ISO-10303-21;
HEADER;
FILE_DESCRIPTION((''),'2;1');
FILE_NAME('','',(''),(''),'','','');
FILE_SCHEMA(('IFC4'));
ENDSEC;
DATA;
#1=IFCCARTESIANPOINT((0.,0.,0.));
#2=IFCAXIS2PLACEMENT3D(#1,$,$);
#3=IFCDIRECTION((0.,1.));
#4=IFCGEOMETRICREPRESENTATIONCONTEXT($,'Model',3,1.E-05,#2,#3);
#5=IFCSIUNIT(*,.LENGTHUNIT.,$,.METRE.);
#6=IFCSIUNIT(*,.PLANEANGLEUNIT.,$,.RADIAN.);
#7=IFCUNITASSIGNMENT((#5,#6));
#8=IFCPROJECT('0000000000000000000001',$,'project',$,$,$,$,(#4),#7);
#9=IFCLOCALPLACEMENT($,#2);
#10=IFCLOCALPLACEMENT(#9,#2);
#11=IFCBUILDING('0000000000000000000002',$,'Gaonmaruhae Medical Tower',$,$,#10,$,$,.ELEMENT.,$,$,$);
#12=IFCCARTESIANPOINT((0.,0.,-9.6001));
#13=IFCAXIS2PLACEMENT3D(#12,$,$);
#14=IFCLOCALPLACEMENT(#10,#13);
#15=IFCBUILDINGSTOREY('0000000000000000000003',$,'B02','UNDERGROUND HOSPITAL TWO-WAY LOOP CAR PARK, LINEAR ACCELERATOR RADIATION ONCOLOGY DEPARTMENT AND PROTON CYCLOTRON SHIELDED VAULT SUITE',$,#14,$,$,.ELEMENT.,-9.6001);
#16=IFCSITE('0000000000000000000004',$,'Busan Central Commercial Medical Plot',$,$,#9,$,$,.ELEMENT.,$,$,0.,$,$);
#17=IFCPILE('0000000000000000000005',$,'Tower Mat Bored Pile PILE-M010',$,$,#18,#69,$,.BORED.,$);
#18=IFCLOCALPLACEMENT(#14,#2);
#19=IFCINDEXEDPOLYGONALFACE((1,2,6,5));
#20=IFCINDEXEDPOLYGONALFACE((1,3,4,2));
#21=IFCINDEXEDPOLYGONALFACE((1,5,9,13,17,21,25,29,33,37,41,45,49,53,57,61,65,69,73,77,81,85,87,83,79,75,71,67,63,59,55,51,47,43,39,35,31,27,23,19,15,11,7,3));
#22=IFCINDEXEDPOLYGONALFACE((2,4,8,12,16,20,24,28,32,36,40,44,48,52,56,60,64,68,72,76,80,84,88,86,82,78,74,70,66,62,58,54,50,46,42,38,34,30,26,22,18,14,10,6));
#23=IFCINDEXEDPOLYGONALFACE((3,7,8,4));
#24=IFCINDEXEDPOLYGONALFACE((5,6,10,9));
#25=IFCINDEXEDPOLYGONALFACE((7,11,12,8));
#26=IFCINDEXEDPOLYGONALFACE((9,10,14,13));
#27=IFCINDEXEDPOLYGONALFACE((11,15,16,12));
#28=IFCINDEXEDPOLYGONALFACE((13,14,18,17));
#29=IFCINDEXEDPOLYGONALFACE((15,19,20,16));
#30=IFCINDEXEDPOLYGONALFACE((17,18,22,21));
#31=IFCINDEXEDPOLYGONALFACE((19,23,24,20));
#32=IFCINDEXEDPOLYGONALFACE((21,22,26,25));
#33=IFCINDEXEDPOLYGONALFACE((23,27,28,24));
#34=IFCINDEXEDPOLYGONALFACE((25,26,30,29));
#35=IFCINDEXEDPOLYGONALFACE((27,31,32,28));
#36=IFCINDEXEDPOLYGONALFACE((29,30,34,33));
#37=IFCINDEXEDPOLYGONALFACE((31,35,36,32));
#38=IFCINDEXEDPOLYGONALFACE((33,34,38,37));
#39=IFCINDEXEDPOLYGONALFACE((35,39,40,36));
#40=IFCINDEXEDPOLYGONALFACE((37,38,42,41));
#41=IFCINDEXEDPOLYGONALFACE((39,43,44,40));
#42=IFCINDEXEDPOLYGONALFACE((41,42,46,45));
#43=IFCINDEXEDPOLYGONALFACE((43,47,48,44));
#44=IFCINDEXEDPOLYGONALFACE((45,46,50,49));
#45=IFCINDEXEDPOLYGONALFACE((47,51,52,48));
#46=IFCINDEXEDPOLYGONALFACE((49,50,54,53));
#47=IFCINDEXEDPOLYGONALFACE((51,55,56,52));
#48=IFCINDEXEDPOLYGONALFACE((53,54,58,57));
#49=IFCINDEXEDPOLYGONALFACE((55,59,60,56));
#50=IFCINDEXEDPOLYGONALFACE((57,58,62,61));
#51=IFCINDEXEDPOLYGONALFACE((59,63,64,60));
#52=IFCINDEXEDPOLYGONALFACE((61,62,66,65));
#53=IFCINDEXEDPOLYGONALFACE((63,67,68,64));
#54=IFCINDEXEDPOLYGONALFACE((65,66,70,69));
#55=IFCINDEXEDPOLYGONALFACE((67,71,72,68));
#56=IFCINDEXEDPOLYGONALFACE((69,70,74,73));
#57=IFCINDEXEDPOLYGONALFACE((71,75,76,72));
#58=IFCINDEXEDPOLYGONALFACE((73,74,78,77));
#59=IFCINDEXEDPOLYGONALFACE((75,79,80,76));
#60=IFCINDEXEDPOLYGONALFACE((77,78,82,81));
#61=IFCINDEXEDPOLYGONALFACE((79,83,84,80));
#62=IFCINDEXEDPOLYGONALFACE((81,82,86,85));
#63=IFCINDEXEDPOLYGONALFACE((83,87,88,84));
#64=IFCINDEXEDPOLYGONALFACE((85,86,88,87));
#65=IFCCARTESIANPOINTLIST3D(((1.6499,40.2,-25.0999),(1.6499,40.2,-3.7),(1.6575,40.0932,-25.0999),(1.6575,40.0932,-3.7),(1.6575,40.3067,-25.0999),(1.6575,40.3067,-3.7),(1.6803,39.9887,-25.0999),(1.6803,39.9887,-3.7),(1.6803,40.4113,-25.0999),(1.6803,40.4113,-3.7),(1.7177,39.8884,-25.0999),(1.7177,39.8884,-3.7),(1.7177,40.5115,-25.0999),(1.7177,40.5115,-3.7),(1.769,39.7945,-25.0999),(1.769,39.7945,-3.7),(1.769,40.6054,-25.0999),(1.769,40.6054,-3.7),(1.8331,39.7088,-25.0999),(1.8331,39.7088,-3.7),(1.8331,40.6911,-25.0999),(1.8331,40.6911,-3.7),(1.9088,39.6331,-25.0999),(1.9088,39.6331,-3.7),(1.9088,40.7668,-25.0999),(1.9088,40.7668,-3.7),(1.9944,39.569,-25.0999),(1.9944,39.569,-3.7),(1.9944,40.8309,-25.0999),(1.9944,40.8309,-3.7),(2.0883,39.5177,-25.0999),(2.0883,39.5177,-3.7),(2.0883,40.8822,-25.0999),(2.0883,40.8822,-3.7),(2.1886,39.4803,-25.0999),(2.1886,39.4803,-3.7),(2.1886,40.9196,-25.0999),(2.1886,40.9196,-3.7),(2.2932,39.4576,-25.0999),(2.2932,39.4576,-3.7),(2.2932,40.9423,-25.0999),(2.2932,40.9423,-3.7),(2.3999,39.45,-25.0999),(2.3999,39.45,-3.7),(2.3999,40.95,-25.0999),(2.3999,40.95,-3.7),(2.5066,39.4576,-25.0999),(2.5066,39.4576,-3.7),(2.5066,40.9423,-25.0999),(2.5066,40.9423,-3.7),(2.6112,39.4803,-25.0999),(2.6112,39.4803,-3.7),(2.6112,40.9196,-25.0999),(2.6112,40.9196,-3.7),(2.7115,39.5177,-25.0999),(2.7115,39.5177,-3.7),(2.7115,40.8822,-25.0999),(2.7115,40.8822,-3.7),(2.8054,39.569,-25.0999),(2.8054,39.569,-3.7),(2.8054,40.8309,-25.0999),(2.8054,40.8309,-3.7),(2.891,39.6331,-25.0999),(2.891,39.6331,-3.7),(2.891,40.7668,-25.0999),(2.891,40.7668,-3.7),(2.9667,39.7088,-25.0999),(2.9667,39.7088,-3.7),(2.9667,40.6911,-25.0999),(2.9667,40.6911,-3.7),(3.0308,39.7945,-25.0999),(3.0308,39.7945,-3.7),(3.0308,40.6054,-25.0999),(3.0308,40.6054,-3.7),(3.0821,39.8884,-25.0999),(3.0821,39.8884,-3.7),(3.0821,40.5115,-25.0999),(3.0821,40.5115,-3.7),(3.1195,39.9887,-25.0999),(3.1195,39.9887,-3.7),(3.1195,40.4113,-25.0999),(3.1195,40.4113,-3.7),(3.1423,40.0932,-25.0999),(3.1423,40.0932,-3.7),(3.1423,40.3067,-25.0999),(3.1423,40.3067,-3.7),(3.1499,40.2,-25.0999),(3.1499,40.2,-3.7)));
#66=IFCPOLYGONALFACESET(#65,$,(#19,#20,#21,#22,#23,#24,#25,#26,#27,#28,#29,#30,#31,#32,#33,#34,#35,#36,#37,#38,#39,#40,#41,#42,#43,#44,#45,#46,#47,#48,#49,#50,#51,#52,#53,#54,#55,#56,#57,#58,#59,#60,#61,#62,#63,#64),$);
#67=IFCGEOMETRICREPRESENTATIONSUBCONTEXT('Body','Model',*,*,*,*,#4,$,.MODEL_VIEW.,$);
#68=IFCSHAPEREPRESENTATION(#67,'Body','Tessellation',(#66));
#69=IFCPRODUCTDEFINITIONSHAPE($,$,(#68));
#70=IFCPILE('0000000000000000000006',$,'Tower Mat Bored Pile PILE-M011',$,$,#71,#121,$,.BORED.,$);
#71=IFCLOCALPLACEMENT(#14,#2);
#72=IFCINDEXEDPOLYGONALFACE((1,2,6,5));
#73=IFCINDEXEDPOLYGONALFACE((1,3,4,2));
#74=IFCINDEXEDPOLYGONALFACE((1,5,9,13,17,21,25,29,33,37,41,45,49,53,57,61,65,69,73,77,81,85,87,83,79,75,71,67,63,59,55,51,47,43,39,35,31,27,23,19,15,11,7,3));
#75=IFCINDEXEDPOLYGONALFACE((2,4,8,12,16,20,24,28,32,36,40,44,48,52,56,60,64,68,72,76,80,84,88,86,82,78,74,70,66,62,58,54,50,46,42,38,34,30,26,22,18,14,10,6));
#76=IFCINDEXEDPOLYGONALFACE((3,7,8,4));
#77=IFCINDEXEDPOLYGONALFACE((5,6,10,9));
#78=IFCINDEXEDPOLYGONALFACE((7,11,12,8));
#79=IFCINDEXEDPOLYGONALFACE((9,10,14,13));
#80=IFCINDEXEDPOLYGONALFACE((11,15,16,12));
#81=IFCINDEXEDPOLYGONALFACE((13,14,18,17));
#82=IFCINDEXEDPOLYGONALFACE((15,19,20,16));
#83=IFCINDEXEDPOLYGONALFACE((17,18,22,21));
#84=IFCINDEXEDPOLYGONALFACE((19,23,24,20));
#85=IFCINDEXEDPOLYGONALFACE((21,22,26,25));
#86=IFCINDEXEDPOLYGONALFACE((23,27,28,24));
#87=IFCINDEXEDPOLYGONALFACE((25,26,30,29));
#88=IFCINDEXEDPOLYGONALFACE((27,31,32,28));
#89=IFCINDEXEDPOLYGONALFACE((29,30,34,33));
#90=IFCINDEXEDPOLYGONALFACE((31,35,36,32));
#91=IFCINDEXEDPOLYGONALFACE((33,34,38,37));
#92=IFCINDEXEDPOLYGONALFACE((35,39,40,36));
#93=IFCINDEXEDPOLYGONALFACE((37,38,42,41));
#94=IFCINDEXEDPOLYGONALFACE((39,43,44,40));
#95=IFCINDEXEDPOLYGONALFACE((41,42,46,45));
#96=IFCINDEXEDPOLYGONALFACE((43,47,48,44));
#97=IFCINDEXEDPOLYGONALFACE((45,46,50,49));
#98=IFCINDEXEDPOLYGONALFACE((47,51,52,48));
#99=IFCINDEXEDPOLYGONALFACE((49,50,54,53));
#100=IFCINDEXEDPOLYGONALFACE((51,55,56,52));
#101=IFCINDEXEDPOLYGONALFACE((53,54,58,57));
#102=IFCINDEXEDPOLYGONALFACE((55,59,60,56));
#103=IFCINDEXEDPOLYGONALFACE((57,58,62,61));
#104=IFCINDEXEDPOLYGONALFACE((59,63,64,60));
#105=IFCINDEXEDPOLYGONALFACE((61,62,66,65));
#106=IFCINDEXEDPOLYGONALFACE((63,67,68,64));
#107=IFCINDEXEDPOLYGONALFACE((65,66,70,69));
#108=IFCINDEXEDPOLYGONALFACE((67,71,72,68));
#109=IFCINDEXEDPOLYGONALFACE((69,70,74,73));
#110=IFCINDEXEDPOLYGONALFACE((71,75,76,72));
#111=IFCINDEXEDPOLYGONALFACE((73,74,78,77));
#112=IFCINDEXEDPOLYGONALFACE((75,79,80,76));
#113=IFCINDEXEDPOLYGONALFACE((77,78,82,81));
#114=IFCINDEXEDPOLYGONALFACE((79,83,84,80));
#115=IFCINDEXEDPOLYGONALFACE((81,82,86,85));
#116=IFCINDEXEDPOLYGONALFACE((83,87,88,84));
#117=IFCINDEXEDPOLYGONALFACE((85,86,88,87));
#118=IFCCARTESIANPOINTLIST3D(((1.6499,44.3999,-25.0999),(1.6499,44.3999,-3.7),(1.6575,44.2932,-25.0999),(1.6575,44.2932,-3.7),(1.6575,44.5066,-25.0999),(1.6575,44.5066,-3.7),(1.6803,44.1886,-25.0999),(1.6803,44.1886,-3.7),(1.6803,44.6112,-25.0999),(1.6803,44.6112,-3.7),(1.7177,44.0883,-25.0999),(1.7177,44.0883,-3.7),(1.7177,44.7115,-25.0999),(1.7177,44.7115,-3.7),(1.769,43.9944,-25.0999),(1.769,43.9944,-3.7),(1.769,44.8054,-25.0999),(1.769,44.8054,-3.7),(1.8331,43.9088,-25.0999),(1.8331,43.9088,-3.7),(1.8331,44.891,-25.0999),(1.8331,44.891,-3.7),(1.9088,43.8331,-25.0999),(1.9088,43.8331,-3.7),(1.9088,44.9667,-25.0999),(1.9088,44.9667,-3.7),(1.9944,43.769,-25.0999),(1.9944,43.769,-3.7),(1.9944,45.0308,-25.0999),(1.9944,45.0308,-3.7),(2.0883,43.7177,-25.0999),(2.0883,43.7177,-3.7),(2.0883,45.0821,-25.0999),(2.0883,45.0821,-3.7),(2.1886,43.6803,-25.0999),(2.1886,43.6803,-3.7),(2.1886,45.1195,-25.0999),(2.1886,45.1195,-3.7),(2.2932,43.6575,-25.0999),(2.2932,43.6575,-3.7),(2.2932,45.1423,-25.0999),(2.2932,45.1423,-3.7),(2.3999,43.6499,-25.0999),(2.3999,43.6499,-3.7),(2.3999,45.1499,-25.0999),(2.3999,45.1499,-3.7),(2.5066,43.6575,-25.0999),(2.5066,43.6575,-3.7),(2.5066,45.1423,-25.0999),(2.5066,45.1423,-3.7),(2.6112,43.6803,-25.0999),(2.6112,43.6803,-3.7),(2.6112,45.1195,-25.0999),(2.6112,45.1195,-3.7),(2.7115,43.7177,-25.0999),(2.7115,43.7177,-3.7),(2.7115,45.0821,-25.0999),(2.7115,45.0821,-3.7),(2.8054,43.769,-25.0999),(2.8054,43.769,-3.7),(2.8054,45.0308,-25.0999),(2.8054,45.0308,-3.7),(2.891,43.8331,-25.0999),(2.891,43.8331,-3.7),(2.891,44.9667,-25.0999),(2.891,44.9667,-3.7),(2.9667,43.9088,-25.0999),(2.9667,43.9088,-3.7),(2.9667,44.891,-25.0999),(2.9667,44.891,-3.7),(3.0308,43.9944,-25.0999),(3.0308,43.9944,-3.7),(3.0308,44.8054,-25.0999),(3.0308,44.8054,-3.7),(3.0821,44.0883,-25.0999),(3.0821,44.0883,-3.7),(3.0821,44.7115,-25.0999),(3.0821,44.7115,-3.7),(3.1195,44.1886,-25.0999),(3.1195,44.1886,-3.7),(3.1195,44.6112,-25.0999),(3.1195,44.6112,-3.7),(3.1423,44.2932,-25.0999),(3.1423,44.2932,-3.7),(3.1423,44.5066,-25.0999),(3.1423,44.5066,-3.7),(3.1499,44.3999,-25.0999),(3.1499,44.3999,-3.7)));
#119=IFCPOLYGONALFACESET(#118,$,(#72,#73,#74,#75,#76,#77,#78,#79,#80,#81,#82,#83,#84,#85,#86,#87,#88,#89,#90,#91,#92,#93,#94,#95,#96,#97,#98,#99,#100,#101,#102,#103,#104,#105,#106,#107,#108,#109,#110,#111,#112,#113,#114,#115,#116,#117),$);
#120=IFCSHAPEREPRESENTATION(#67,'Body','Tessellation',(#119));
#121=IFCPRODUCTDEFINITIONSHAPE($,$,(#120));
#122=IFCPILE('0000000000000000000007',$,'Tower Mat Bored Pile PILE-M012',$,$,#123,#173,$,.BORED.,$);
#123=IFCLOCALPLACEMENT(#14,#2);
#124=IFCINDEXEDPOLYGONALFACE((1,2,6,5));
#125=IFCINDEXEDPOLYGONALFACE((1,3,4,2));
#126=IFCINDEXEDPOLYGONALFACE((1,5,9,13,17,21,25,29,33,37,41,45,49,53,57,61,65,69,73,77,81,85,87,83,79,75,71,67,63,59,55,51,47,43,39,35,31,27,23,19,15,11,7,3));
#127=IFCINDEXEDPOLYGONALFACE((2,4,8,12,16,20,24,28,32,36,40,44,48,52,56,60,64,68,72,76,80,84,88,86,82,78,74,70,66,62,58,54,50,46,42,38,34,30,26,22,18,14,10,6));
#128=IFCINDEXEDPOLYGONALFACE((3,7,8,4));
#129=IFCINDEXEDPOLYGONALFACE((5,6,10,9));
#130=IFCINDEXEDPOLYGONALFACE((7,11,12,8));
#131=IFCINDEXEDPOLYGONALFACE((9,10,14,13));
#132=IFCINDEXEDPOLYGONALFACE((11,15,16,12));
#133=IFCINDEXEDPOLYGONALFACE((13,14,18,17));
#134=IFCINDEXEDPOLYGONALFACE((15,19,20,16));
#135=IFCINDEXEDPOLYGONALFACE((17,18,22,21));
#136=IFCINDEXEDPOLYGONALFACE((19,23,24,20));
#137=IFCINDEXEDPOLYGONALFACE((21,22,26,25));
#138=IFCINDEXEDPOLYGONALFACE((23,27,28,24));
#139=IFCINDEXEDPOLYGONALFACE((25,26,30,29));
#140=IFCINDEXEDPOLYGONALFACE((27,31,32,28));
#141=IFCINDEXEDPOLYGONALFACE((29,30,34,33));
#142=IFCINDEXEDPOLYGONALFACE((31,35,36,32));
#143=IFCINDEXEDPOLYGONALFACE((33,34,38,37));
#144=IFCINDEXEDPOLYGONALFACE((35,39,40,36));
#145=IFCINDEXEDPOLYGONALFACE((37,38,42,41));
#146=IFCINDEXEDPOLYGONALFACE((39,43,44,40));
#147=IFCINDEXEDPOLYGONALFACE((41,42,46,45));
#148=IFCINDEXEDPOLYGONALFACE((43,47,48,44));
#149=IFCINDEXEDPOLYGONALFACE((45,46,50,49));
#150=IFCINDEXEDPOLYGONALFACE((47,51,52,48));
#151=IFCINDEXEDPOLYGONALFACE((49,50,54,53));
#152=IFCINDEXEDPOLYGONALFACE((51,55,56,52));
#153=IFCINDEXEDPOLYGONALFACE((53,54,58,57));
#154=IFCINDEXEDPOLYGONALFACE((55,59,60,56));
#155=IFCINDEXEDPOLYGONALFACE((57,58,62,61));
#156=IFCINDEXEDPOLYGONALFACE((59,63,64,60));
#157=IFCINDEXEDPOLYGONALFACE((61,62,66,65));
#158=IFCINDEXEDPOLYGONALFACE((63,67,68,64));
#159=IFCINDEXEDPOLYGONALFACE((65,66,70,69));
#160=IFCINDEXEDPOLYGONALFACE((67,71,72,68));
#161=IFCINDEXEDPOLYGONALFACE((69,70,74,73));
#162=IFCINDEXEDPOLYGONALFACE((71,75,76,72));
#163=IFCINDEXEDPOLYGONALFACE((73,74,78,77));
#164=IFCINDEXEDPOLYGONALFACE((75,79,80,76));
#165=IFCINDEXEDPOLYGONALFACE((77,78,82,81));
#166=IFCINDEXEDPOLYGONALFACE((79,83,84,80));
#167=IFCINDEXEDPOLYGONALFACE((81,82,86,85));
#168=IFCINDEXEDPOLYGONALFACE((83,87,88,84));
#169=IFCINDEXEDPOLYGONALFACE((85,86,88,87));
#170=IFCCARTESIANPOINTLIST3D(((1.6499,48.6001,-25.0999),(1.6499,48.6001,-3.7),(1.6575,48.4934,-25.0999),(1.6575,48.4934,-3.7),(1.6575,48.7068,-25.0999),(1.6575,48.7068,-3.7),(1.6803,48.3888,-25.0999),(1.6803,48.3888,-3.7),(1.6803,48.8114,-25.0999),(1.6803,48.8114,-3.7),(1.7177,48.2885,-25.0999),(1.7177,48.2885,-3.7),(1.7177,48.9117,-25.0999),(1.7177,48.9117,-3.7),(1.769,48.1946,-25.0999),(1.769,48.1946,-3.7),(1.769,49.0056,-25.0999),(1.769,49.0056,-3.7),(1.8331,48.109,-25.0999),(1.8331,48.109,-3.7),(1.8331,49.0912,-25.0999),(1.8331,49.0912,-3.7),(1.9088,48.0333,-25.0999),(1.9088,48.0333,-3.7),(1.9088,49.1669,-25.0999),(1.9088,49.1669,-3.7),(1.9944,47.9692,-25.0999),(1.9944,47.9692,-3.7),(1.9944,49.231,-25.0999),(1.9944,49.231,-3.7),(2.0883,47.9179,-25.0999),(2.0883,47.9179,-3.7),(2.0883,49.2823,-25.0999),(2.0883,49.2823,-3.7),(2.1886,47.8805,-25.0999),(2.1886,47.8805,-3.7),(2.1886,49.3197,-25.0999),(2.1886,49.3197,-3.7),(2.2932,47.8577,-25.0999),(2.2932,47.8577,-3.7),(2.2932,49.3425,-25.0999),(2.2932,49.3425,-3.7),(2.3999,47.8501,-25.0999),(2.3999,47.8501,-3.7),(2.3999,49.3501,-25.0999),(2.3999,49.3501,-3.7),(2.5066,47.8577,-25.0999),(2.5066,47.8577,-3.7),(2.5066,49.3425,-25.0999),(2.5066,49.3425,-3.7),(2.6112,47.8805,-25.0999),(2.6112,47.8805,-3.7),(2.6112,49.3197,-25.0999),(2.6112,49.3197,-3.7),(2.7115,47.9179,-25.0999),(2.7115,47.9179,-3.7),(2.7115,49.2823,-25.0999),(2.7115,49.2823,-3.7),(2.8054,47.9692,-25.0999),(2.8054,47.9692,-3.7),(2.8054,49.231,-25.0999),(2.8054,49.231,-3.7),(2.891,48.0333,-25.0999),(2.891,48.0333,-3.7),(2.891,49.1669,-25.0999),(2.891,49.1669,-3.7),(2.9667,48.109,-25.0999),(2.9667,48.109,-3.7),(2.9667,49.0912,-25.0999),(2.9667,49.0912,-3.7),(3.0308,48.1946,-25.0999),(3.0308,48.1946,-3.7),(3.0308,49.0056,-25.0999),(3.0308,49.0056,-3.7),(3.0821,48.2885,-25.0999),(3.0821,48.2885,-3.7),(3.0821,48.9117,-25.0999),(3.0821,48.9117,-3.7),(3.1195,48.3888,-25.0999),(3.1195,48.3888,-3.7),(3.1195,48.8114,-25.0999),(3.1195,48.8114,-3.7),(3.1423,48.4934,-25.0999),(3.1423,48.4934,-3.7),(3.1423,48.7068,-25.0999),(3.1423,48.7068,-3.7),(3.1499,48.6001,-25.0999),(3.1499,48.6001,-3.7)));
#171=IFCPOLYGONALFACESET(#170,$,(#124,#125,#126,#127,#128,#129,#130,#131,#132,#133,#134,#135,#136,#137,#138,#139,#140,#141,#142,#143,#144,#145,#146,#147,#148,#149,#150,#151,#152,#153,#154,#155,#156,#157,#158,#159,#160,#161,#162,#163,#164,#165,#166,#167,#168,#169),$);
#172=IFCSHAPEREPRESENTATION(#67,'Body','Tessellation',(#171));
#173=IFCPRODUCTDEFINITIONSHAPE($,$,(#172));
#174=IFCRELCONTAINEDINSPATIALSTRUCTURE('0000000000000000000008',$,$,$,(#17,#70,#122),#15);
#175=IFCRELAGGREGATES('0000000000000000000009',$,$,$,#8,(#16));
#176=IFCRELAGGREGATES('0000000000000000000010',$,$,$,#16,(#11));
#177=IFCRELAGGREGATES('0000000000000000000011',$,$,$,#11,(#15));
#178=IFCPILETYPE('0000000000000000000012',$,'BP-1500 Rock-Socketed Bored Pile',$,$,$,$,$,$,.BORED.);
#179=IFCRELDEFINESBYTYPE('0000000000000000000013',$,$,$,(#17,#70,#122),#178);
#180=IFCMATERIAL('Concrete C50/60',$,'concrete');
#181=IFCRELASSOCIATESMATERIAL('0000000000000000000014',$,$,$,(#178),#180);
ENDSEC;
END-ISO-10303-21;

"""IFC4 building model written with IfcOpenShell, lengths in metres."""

from ifc_helpers import new_model, si_unit, direction, frame, origin, origin_2d, place, context, subcontext, project, spatial, circle, extrude, material, material_profile, profile_set, type_object, element, save


model = new_model("IFC4")

# Units and contexts
model_context = context("Model", 3, precision=1e-05, world=origin(), true_north=direction((0.0, 1.0)))
body_context = subcontext(model_context, "Body", "Model", "MODEL_VIEW")
ifc_project = project(units=[si_unit("LENGTHUNIT", "METRE"), si_unit("PLANEANGLEUNIT", "RADIAN")], contexts=[model_context])

# Site, building, storey
site_placement = place(None, origin())
site = spatial("IfcSite", under=ifc_project, at=site_placement, Name="Busan Central Commercial Medical Plot", CompositionType="ELEMENT", RefElevation=0.0)
building_placement = place(site_placement, origin())
building = spatial("IfcBuilding", under=site, at=building_placement, Name="Gaonmaruhae Medical Tower", CompositionType="ELEMENT")
storey_placement = place(building_placement, frame((0.0, 0.0, -9.6001)))
storey = spatial("IfcBuildingStorey", under=building, at=storey_placement, Name="B02", Description="UNDERGROUND HOSPITAL TWO-WAY LOOP CAR PARK, LINEAR ACCELERATOR RADIATION ONCOLOGY DEPARTMENT AND PROTON CYCLOTRON SHIELDED VAULT SUITE", CompositionType="ELEMENT", Elevation=-9.6001)

# Piles
ifc_material_1 = material(Name="Concrete C50/60", Category="concrete")
ifc_material_profile_1 = material_profile(ifc_material_1, circle(Radius=0.75, at=origin_2d()), Name="PILE-D1500")
ifc_profile_set_1 = profile_set([ifc_material_profile_1], Name="Concrete C50/60")
pile_type = type_object("IfcPileType", Name="BP-1500 Rock-Socketed Bored Pile", PredefinedType="BORED", material=ifc_profile_set_1)
for number, where, z_axis, x_axis, name in (
    (1, (2.3999, 40.2, -3.7), (0.0, 0.0, -1.0), (1.0, 0.0, 0.0), "Tower Mat Bored Pile PILE-M010"),
    (2, (2.3999, 44.3999, -3.7), (0.0, 0.0, -1.0), (1.0, 0.0, 0.0), "Tower Mat Bored Pile PILE-M011"),
    (3, (2.3999, 48.6001, -3.7), (0.0, 0.0, -1.0), (1.0, 0.0, 0.0), "Tower Mat Bored Pile PILE-M012"),
):
    element("IfcPile", number, at=place(storey_placement, frame(where, z_axis=z_axis, x_axis=x_axis)), inside=storey, type_object=pile_type, Name=name, PredefinedType="BORED", context=body_context, shape_type="SweptSolid", body=[
        extrude(circle(Radius=0.75, at=origin_2d()), origin(), (0.0, 0.0, 1.0), 21.3999),
    ])

save(model, "model.ifc")
